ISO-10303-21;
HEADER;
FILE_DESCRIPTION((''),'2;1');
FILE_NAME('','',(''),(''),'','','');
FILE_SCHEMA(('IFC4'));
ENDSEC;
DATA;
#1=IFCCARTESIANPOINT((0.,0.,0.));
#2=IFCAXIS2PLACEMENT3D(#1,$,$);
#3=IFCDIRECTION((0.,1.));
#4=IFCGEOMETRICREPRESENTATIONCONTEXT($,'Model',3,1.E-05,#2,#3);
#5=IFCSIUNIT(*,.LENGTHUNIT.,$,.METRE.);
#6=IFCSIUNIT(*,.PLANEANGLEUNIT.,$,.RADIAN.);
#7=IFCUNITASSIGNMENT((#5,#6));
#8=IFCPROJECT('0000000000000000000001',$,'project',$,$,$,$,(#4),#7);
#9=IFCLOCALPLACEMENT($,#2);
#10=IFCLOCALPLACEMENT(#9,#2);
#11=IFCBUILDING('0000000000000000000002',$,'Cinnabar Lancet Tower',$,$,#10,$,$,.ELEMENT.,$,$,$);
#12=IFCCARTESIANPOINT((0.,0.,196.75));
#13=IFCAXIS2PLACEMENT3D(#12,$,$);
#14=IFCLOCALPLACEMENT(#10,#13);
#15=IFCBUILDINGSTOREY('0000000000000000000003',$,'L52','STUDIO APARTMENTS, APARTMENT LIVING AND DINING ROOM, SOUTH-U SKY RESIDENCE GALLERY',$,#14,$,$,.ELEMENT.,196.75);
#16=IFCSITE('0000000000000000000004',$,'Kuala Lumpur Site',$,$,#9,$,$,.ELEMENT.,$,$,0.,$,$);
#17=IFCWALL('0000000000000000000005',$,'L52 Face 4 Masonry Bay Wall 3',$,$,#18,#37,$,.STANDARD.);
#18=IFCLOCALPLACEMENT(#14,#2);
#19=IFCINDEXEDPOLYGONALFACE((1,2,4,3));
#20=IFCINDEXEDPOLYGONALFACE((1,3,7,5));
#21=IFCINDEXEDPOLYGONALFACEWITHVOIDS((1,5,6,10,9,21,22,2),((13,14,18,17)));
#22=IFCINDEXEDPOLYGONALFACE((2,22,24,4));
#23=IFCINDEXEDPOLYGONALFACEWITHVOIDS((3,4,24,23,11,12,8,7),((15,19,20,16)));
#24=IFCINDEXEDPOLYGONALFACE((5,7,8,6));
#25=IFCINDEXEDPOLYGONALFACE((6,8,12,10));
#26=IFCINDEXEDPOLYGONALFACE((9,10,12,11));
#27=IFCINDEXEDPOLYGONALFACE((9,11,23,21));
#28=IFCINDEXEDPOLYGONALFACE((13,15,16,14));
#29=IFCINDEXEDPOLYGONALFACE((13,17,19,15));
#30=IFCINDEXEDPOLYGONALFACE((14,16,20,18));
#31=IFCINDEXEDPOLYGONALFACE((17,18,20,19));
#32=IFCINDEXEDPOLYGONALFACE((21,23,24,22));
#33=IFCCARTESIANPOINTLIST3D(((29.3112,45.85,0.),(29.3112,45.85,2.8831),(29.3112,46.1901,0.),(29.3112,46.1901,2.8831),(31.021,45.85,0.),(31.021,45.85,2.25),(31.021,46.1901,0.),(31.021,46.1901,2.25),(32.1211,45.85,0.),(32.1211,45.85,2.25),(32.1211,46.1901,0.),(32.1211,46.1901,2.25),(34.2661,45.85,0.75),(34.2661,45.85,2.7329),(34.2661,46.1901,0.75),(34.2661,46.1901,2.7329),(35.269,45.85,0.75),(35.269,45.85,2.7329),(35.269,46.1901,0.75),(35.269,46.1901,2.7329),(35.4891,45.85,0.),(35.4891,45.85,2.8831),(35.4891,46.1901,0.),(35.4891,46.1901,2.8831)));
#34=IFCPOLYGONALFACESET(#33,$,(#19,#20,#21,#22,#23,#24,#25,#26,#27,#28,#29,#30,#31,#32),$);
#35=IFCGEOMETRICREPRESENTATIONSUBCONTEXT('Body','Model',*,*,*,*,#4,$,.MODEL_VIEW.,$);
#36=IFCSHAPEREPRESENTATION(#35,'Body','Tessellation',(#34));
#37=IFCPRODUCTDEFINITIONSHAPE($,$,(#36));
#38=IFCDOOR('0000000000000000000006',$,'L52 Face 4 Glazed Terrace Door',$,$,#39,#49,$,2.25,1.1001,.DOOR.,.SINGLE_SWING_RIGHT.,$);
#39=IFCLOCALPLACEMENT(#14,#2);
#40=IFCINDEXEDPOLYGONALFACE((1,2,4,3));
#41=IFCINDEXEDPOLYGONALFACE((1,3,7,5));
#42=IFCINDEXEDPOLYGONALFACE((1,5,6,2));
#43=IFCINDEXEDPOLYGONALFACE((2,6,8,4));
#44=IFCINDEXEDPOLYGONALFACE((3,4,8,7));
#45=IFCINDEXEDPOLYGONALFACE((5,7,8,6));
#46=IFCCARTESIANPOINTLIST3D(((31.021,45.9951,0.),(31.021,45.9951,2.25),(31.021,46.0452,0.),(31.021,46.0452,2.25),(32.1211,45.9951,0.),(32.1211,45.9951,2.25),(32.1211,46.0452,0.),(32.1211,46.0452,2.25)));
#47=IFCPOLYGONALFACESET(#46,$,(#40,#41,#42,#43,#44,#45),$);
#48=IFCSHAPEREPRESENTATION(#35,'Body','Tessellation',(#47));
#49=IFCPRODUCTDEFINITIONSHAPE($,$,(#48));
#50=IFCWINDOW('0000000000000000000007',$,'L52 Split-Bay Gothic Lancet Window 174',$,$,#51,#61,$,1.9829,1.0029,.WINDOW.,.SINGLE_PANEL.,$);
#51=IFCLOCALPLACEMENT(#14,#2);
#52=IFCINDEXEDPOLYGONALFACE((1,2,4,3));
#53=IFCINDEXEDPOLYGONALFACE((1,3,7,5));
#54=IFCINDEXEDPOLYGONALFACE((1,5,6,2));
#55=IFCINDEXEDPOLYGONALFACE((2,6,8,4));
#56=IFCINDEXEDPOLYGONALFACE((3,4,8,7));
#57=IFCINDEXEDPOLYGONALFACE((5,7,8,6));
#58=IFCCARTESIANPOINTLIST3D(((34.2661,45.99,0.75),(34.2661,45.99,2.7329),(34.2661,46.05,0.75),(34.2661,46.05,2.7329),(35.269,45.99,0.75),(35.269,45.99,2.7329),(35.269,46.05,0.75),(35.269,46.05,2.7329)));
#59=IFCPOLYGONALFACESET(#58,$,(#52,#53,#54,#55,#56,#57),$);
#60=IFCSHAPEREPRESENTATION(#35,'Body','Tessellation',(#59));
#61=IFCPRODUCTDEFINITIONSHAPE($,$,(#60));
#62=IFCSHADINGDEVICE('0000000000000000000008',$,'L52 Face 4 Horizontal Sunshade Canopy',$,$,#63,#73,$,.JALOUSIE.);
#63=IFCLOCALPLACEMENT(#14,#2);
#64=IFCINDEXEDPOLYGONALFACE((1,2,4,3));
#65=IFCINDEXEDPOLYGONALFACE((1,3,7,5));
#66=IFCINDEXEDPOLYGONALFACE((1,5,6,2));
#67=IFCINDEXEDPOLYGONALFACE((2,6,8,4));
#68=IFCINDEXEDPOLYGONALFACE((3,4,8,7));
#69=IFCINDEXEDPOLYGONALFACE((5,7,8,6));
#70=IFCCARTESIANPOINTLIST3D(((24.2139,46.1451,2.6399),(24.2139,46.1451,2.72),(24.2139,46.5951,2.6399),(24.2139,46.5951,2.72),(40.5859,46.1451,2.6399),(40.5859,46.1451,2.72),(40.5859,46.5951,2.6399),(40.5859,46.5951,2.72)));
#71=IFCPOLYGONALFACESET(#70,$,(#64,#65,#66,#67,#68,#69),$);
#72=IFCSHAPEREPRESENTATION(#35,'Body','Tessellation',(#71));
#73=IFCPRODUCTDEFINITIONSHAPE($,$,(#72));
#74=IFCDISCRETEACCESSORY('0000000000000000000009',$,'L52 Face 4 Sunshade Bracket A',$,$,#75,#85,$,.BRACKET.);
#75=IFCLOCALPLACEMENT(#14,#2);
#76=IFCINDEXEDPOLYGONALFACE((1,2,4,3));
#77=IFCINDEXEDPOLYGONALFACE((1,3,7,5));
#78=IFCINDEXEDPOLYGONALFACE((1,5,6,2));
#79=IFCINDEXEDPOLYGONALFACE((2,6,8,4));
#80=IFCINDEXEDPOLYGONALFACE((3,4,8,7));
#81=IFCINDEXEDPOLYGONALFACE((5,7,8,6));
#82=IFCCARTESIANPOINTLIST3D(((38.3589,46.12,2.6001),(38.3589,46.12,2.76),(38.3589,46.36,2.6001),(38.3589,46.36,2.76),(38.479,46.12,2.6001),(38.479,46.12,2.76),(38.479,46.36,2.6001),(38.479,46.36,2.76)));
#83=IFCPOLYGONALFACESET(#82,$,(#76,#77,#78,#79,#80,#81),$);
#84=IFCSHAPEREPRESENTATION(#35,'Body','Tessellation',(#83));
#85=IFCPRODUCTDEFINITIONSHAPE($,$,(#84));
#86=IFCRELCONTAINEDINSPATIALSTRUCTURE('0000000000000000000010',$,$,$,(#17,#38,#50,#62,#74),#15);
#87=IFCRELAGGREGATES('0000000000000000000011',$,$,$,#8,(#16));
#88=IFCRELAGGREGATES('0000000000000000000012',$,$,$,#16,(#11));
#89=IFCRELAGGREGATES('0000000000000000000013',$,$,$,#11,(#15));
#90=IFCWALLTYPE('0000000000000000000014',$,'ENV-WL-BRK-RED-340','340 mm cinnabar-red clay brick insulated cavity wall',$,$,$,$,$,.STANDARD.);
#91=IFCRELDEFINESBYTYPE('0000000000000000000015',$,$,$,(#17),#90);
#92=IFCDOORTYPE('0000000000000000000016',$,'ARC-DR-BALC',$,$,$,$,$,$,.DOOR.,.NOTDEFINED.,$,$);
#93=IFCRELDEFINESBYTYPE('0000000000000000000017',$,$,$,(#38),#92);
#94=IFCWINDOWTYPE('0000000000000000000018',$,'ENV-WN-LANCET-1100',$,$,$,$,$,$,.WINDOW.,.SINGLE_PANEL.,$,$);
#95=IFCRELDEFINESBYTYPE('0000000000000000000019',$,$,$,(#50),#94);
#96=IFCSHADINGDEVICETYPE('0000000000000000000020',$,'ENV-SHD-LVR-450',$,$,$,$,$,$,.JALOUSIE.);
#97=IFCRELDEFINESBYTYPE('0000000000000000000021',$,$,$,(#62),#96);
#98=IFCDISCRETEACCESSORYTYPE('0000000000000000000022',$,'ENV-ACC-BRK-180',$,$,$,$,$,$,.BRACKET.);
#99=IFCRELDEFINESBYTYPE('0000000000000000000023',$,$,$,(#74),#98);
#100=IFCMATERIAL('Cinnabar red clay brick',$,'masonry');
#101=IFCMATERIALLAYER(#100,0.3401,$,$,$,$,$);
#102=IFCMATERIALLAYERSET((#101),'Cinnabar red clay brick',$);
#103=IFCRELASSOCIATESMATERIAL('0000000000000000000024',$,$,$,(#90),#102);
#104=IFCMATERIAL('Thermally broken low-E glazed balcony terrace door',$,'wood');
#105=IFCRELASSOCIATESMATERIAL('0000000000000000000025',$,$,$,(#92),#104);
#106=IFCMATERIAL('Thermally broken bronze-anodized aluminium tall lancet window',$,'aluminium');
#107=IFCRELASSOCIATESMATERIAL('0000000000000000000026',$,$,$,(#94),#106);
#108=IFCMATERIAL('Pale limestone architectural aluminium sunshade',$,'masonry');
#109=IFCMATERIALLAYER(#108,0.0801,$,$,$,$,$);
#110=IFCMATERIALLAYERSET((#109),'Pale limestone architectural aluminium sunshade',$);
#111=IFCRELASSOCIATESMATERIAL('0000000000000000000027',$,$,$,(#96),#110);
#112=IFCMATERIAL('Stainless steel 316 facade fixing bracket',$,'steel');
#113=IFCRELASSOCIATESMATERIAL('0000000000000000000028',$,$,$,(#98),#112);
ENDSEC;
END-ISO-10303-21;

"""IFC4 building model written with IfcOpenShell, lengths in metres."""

from ifc_helpers import new_model, si_unit, direction, frame, frame_2d, origin, origin_2d, place, context, subcontext, project, spatial, rectangle, extrude, material, layer, layer_set, type_object, element, fill, save


model = new_model("IFC4")

# Units and contexts
model_context = context("Model", 3, precision=1e-05, world=origin(), true_north=direction((0.0, 1.0)))
body_context = subcontext(model_context, "Body", "Model", "MODEL_VIEW")
ifc_project = project(units=[si_unit("LENGTHUNIT", "METRE"), si_unit("PLANEANGLEUNIT", "RADIAN")], contexts=[model_context])

# Site, building, storey
site_placement = place(None, origin())
site = spatial("IfcSite", under=ifc_project, at=site_placement, Name="Kuala Lumpur Site", CompositionType="ELEMENT", RefElevation=0.0)
building_placement = place(site_placement, origin())
building = spatial("IfcBuilding", under=site, at=building_placement, Name="Cinnabar Lancet Tower", CompositionType="ELEMENT")
storey_placement = place(building_placement, frame((0.0, 0.0, 196.75)))
storey = spatial("IfcBuildingStorey", under=building, at=storey_placement, Name="L52", Description="STUDIO APARTMENTS, APARTMENT LIVING AND DINING ROOM, SOUTH-U SKY RESIDENCE GALLERY", CompositionType="ELEMENT", Elevation=196.75)

# Shared definitions
ifc_material_1 = material(Name="Cinnabar red clay brick", Category="masonry")
ifc_layer_1 = layer(ifc_material_1, 0.3401)
ifc_layer_set_1 = layer_set([ifc_layer_1], Name="Cinnabar red clay brick")
wall_type_1 = type_object("IfcWallType", Name="ENV-WL-BRK-RED-340", Description="340 mm cinnabar-red clay brick insulated cavity wall", PredefinedType="STANDARD", material=ifc_layer_set_1)

# Wall, openings, door, window
wall_1_placement = place(storey_placement, frame((35.489, 46.02, 0.0), z_axis=(0.0, 0.0, 1.0), x_axis=(-1.0, 0.0, 0.0)))
wall_1 = element("IfcWall", 1, at=wall_1_placement, inside=storey, type_object=wall_type_1, Name="L52 Face 4 Masonry Bay Wall 3", PredefinedType="STANDARD", context=body_context, shape_type="SweptSolid", body=[
    extrude(rectangle(XDim=6.178, YDim=0.3401, at=frame_2d((3.0889, 0.0))), origin(), (0.0, 0.0, 1.0), 2.8831),
])
opening_1_placement = place(wall_1_placement, frame((3.3679, 0.0, 0.0)))
opening_1 = element("IfcOpeningElement", 2, at=opening_1_placement, cuts=wall_1, PredefinedType="OPENING", context=body_context, shape_type="SweptSolid", body=[
    extrude(rectangle(XDim=1.1001, YDim=2.25, at=frame_2d((0.55, 1.125))), frame((0.0, 0.1799, 0.0), z_axis=(0.0, -1.0, 0.0), x_axis=(1.0, 0.0, 0.0)), (0.0, 0.0, 1.0), 0.3601),
])
opening_2_placement = place(wall_1_placement, frame((0.22, 0.0, 0.75)))
opening_2 = element("IfcOpeningElement", 3, at=opening_2_placement, cuts=wall_1, PredefinedType="OPENING", context=body_context, shape_type="SweptSolid", body=[
    extrude(rectangle(XDim=1.0029, YDim=1.9829, at=frame_2d((0.5015, 0.9915))), frame((0.0, 0.1799, 0.0), z_axis=(0.0, -1.0, 0.0), x_axis=(1.0, 0.0, 0.0)), (0.0, 0.0, 1.0), 0.3601),
])
ifc_material_2 = material(Name="Thermally broken low-E glazed balcony terrace door", Category="wood")
door_type_1 = type_object("IfcDoorType", Name="ARC-DR-BALC", OperationType="NOTDEFINED", PredefinedType="DOOR", material=ifc_material_2)
door_1_placement = place(opening_1_placement, origin())
door_1 = element("IfcDoor", 4, at=door_1_placement, inside=storey, type_object=door_type_1, Name="L52 Face 4 Glazed Terrace Door", OperationType="SINGLE_SWING_RIGHT", OverallHeight=2.25, OverallWidth=1.1001, PredefinedType="DOOR", context=body_context, shape_type="SweptSolid", body=[
    extrude(rectangle(XDim=1.1001, YDim=2.25, at=frame_2d((0.55, 1.125))), frame((0.0, 0.0249, 0.0), z_axis=(0.0, -1.0, 0.0), x_axis=(1.0, 0.0, 0.0)), (0.0, 0.0, 1.0), 0.05),
])
fill(opening_1, door_1)
ifc_material_3 = material(Name="Thermally broken bronze-anodized aluminium tall lancet window", Category="aluminium")
window_type_1 = type_object("IfcWindowType", Name="ENV-WN-LANCET-1100", PartitioningType="SINGLE_PANEL", PredefinedType="WINDOW", material=ifc_material_3)
window_1_placement = place(opening_2_placement, origin())
window_1 = element("IfcWindow", 5, at=window_1_placement, inside=storey, type_object=window_type_1, Name="L52 Split-Bay Gothic Lancet Window 174", OverallHeight=1.9829, OverallWidth=1.0029, PartitioningType="SINGLE_PANEL", PredefinedType="WINDOW", context=body_context, shape_type="SweptSolid", body=[
    extrude(rectangle(XDim=1.0029, YDim=1.9829, at=frame_2d((0.5015, 0.9915))), frame((0.0, 0.03, 0.0), z_axis=(0.0, -1.0, 0.0), x_axis=(1.0, 0.0, 0.0)), (0.0, 0.0, 1.0), 0.0601),
])
fill(opening_2, window_1)

# Shading device
ifc_material_4 = material(Name="Pale limestone architectural aluminium sunshade", Category="masonry")
ifc_layer_2 = layer(ifc_material_4, 0.0801)
ifc_layer_set_2 = layer_set([ifc_layer_2], Name="Pale limestone architectural aluminium sunshade")
shading_device_type = type_object("IfcShadingDeviceType", Name="ENV-SHD-LVR-450", PredefinedType="JALOUSIE", material=ifc_layer_set_2)
shading_device_placement = place(storey_placement, frame((32.3999, 46.3701, 2.6399), z_axis=(0.0, 0.0, 1.0), x_axis=(-1.0, 0.0, 0.0)))
element("IfcShadingDevice", 6, at=shading_device_placement, inside=storey, type_object=shading_device_type, Name="L52 Face 4 Horizontal Sunshade Canopy", PredefinedType="JALOUSIE", context=body_context, shape_type="SweptSolid", body=[
    extrude(rectangle(XDim=16.3721, YDim=0.45, at=origin_2d()), origin(), (0.0, 0.0, 1.0), 0.0801),
])

# Discrete accessory
ifc_material_5 = material(Name="Stainless steel 316 facade fixing bracket", Category="steel")
discrete_accessory_type = type_object("IfcDiscreteAccessoryType", Name="ENV-ACC-BRK-180", PredefinedType="BRACKET", material=ifc_material_5)
discrete_accessory_placement = place(storey_placement, frame((38.4189, 46.24, 2.6001), z_axis=(0.0, 0.0, 1.0), x_axis=(-1.0, 0.0, 0.0)))
element("IfcDiscreteAccessory", 7, at=discrete_accessory_placement, inside=storey, type_object=discrete_accessory_type, Name="L52 Face 4 Sunshade Bracket A", PredefinedType="BRACKET", context=body_context, shape_type="SweptSolid", body=[
    extrude(rectangle(XDim=0.1201, YDim=0.24, at=origin_2d()), origin(), (0.0, 0.0, 1.0), 0.1599),
])

save(model, "model.ifc")
